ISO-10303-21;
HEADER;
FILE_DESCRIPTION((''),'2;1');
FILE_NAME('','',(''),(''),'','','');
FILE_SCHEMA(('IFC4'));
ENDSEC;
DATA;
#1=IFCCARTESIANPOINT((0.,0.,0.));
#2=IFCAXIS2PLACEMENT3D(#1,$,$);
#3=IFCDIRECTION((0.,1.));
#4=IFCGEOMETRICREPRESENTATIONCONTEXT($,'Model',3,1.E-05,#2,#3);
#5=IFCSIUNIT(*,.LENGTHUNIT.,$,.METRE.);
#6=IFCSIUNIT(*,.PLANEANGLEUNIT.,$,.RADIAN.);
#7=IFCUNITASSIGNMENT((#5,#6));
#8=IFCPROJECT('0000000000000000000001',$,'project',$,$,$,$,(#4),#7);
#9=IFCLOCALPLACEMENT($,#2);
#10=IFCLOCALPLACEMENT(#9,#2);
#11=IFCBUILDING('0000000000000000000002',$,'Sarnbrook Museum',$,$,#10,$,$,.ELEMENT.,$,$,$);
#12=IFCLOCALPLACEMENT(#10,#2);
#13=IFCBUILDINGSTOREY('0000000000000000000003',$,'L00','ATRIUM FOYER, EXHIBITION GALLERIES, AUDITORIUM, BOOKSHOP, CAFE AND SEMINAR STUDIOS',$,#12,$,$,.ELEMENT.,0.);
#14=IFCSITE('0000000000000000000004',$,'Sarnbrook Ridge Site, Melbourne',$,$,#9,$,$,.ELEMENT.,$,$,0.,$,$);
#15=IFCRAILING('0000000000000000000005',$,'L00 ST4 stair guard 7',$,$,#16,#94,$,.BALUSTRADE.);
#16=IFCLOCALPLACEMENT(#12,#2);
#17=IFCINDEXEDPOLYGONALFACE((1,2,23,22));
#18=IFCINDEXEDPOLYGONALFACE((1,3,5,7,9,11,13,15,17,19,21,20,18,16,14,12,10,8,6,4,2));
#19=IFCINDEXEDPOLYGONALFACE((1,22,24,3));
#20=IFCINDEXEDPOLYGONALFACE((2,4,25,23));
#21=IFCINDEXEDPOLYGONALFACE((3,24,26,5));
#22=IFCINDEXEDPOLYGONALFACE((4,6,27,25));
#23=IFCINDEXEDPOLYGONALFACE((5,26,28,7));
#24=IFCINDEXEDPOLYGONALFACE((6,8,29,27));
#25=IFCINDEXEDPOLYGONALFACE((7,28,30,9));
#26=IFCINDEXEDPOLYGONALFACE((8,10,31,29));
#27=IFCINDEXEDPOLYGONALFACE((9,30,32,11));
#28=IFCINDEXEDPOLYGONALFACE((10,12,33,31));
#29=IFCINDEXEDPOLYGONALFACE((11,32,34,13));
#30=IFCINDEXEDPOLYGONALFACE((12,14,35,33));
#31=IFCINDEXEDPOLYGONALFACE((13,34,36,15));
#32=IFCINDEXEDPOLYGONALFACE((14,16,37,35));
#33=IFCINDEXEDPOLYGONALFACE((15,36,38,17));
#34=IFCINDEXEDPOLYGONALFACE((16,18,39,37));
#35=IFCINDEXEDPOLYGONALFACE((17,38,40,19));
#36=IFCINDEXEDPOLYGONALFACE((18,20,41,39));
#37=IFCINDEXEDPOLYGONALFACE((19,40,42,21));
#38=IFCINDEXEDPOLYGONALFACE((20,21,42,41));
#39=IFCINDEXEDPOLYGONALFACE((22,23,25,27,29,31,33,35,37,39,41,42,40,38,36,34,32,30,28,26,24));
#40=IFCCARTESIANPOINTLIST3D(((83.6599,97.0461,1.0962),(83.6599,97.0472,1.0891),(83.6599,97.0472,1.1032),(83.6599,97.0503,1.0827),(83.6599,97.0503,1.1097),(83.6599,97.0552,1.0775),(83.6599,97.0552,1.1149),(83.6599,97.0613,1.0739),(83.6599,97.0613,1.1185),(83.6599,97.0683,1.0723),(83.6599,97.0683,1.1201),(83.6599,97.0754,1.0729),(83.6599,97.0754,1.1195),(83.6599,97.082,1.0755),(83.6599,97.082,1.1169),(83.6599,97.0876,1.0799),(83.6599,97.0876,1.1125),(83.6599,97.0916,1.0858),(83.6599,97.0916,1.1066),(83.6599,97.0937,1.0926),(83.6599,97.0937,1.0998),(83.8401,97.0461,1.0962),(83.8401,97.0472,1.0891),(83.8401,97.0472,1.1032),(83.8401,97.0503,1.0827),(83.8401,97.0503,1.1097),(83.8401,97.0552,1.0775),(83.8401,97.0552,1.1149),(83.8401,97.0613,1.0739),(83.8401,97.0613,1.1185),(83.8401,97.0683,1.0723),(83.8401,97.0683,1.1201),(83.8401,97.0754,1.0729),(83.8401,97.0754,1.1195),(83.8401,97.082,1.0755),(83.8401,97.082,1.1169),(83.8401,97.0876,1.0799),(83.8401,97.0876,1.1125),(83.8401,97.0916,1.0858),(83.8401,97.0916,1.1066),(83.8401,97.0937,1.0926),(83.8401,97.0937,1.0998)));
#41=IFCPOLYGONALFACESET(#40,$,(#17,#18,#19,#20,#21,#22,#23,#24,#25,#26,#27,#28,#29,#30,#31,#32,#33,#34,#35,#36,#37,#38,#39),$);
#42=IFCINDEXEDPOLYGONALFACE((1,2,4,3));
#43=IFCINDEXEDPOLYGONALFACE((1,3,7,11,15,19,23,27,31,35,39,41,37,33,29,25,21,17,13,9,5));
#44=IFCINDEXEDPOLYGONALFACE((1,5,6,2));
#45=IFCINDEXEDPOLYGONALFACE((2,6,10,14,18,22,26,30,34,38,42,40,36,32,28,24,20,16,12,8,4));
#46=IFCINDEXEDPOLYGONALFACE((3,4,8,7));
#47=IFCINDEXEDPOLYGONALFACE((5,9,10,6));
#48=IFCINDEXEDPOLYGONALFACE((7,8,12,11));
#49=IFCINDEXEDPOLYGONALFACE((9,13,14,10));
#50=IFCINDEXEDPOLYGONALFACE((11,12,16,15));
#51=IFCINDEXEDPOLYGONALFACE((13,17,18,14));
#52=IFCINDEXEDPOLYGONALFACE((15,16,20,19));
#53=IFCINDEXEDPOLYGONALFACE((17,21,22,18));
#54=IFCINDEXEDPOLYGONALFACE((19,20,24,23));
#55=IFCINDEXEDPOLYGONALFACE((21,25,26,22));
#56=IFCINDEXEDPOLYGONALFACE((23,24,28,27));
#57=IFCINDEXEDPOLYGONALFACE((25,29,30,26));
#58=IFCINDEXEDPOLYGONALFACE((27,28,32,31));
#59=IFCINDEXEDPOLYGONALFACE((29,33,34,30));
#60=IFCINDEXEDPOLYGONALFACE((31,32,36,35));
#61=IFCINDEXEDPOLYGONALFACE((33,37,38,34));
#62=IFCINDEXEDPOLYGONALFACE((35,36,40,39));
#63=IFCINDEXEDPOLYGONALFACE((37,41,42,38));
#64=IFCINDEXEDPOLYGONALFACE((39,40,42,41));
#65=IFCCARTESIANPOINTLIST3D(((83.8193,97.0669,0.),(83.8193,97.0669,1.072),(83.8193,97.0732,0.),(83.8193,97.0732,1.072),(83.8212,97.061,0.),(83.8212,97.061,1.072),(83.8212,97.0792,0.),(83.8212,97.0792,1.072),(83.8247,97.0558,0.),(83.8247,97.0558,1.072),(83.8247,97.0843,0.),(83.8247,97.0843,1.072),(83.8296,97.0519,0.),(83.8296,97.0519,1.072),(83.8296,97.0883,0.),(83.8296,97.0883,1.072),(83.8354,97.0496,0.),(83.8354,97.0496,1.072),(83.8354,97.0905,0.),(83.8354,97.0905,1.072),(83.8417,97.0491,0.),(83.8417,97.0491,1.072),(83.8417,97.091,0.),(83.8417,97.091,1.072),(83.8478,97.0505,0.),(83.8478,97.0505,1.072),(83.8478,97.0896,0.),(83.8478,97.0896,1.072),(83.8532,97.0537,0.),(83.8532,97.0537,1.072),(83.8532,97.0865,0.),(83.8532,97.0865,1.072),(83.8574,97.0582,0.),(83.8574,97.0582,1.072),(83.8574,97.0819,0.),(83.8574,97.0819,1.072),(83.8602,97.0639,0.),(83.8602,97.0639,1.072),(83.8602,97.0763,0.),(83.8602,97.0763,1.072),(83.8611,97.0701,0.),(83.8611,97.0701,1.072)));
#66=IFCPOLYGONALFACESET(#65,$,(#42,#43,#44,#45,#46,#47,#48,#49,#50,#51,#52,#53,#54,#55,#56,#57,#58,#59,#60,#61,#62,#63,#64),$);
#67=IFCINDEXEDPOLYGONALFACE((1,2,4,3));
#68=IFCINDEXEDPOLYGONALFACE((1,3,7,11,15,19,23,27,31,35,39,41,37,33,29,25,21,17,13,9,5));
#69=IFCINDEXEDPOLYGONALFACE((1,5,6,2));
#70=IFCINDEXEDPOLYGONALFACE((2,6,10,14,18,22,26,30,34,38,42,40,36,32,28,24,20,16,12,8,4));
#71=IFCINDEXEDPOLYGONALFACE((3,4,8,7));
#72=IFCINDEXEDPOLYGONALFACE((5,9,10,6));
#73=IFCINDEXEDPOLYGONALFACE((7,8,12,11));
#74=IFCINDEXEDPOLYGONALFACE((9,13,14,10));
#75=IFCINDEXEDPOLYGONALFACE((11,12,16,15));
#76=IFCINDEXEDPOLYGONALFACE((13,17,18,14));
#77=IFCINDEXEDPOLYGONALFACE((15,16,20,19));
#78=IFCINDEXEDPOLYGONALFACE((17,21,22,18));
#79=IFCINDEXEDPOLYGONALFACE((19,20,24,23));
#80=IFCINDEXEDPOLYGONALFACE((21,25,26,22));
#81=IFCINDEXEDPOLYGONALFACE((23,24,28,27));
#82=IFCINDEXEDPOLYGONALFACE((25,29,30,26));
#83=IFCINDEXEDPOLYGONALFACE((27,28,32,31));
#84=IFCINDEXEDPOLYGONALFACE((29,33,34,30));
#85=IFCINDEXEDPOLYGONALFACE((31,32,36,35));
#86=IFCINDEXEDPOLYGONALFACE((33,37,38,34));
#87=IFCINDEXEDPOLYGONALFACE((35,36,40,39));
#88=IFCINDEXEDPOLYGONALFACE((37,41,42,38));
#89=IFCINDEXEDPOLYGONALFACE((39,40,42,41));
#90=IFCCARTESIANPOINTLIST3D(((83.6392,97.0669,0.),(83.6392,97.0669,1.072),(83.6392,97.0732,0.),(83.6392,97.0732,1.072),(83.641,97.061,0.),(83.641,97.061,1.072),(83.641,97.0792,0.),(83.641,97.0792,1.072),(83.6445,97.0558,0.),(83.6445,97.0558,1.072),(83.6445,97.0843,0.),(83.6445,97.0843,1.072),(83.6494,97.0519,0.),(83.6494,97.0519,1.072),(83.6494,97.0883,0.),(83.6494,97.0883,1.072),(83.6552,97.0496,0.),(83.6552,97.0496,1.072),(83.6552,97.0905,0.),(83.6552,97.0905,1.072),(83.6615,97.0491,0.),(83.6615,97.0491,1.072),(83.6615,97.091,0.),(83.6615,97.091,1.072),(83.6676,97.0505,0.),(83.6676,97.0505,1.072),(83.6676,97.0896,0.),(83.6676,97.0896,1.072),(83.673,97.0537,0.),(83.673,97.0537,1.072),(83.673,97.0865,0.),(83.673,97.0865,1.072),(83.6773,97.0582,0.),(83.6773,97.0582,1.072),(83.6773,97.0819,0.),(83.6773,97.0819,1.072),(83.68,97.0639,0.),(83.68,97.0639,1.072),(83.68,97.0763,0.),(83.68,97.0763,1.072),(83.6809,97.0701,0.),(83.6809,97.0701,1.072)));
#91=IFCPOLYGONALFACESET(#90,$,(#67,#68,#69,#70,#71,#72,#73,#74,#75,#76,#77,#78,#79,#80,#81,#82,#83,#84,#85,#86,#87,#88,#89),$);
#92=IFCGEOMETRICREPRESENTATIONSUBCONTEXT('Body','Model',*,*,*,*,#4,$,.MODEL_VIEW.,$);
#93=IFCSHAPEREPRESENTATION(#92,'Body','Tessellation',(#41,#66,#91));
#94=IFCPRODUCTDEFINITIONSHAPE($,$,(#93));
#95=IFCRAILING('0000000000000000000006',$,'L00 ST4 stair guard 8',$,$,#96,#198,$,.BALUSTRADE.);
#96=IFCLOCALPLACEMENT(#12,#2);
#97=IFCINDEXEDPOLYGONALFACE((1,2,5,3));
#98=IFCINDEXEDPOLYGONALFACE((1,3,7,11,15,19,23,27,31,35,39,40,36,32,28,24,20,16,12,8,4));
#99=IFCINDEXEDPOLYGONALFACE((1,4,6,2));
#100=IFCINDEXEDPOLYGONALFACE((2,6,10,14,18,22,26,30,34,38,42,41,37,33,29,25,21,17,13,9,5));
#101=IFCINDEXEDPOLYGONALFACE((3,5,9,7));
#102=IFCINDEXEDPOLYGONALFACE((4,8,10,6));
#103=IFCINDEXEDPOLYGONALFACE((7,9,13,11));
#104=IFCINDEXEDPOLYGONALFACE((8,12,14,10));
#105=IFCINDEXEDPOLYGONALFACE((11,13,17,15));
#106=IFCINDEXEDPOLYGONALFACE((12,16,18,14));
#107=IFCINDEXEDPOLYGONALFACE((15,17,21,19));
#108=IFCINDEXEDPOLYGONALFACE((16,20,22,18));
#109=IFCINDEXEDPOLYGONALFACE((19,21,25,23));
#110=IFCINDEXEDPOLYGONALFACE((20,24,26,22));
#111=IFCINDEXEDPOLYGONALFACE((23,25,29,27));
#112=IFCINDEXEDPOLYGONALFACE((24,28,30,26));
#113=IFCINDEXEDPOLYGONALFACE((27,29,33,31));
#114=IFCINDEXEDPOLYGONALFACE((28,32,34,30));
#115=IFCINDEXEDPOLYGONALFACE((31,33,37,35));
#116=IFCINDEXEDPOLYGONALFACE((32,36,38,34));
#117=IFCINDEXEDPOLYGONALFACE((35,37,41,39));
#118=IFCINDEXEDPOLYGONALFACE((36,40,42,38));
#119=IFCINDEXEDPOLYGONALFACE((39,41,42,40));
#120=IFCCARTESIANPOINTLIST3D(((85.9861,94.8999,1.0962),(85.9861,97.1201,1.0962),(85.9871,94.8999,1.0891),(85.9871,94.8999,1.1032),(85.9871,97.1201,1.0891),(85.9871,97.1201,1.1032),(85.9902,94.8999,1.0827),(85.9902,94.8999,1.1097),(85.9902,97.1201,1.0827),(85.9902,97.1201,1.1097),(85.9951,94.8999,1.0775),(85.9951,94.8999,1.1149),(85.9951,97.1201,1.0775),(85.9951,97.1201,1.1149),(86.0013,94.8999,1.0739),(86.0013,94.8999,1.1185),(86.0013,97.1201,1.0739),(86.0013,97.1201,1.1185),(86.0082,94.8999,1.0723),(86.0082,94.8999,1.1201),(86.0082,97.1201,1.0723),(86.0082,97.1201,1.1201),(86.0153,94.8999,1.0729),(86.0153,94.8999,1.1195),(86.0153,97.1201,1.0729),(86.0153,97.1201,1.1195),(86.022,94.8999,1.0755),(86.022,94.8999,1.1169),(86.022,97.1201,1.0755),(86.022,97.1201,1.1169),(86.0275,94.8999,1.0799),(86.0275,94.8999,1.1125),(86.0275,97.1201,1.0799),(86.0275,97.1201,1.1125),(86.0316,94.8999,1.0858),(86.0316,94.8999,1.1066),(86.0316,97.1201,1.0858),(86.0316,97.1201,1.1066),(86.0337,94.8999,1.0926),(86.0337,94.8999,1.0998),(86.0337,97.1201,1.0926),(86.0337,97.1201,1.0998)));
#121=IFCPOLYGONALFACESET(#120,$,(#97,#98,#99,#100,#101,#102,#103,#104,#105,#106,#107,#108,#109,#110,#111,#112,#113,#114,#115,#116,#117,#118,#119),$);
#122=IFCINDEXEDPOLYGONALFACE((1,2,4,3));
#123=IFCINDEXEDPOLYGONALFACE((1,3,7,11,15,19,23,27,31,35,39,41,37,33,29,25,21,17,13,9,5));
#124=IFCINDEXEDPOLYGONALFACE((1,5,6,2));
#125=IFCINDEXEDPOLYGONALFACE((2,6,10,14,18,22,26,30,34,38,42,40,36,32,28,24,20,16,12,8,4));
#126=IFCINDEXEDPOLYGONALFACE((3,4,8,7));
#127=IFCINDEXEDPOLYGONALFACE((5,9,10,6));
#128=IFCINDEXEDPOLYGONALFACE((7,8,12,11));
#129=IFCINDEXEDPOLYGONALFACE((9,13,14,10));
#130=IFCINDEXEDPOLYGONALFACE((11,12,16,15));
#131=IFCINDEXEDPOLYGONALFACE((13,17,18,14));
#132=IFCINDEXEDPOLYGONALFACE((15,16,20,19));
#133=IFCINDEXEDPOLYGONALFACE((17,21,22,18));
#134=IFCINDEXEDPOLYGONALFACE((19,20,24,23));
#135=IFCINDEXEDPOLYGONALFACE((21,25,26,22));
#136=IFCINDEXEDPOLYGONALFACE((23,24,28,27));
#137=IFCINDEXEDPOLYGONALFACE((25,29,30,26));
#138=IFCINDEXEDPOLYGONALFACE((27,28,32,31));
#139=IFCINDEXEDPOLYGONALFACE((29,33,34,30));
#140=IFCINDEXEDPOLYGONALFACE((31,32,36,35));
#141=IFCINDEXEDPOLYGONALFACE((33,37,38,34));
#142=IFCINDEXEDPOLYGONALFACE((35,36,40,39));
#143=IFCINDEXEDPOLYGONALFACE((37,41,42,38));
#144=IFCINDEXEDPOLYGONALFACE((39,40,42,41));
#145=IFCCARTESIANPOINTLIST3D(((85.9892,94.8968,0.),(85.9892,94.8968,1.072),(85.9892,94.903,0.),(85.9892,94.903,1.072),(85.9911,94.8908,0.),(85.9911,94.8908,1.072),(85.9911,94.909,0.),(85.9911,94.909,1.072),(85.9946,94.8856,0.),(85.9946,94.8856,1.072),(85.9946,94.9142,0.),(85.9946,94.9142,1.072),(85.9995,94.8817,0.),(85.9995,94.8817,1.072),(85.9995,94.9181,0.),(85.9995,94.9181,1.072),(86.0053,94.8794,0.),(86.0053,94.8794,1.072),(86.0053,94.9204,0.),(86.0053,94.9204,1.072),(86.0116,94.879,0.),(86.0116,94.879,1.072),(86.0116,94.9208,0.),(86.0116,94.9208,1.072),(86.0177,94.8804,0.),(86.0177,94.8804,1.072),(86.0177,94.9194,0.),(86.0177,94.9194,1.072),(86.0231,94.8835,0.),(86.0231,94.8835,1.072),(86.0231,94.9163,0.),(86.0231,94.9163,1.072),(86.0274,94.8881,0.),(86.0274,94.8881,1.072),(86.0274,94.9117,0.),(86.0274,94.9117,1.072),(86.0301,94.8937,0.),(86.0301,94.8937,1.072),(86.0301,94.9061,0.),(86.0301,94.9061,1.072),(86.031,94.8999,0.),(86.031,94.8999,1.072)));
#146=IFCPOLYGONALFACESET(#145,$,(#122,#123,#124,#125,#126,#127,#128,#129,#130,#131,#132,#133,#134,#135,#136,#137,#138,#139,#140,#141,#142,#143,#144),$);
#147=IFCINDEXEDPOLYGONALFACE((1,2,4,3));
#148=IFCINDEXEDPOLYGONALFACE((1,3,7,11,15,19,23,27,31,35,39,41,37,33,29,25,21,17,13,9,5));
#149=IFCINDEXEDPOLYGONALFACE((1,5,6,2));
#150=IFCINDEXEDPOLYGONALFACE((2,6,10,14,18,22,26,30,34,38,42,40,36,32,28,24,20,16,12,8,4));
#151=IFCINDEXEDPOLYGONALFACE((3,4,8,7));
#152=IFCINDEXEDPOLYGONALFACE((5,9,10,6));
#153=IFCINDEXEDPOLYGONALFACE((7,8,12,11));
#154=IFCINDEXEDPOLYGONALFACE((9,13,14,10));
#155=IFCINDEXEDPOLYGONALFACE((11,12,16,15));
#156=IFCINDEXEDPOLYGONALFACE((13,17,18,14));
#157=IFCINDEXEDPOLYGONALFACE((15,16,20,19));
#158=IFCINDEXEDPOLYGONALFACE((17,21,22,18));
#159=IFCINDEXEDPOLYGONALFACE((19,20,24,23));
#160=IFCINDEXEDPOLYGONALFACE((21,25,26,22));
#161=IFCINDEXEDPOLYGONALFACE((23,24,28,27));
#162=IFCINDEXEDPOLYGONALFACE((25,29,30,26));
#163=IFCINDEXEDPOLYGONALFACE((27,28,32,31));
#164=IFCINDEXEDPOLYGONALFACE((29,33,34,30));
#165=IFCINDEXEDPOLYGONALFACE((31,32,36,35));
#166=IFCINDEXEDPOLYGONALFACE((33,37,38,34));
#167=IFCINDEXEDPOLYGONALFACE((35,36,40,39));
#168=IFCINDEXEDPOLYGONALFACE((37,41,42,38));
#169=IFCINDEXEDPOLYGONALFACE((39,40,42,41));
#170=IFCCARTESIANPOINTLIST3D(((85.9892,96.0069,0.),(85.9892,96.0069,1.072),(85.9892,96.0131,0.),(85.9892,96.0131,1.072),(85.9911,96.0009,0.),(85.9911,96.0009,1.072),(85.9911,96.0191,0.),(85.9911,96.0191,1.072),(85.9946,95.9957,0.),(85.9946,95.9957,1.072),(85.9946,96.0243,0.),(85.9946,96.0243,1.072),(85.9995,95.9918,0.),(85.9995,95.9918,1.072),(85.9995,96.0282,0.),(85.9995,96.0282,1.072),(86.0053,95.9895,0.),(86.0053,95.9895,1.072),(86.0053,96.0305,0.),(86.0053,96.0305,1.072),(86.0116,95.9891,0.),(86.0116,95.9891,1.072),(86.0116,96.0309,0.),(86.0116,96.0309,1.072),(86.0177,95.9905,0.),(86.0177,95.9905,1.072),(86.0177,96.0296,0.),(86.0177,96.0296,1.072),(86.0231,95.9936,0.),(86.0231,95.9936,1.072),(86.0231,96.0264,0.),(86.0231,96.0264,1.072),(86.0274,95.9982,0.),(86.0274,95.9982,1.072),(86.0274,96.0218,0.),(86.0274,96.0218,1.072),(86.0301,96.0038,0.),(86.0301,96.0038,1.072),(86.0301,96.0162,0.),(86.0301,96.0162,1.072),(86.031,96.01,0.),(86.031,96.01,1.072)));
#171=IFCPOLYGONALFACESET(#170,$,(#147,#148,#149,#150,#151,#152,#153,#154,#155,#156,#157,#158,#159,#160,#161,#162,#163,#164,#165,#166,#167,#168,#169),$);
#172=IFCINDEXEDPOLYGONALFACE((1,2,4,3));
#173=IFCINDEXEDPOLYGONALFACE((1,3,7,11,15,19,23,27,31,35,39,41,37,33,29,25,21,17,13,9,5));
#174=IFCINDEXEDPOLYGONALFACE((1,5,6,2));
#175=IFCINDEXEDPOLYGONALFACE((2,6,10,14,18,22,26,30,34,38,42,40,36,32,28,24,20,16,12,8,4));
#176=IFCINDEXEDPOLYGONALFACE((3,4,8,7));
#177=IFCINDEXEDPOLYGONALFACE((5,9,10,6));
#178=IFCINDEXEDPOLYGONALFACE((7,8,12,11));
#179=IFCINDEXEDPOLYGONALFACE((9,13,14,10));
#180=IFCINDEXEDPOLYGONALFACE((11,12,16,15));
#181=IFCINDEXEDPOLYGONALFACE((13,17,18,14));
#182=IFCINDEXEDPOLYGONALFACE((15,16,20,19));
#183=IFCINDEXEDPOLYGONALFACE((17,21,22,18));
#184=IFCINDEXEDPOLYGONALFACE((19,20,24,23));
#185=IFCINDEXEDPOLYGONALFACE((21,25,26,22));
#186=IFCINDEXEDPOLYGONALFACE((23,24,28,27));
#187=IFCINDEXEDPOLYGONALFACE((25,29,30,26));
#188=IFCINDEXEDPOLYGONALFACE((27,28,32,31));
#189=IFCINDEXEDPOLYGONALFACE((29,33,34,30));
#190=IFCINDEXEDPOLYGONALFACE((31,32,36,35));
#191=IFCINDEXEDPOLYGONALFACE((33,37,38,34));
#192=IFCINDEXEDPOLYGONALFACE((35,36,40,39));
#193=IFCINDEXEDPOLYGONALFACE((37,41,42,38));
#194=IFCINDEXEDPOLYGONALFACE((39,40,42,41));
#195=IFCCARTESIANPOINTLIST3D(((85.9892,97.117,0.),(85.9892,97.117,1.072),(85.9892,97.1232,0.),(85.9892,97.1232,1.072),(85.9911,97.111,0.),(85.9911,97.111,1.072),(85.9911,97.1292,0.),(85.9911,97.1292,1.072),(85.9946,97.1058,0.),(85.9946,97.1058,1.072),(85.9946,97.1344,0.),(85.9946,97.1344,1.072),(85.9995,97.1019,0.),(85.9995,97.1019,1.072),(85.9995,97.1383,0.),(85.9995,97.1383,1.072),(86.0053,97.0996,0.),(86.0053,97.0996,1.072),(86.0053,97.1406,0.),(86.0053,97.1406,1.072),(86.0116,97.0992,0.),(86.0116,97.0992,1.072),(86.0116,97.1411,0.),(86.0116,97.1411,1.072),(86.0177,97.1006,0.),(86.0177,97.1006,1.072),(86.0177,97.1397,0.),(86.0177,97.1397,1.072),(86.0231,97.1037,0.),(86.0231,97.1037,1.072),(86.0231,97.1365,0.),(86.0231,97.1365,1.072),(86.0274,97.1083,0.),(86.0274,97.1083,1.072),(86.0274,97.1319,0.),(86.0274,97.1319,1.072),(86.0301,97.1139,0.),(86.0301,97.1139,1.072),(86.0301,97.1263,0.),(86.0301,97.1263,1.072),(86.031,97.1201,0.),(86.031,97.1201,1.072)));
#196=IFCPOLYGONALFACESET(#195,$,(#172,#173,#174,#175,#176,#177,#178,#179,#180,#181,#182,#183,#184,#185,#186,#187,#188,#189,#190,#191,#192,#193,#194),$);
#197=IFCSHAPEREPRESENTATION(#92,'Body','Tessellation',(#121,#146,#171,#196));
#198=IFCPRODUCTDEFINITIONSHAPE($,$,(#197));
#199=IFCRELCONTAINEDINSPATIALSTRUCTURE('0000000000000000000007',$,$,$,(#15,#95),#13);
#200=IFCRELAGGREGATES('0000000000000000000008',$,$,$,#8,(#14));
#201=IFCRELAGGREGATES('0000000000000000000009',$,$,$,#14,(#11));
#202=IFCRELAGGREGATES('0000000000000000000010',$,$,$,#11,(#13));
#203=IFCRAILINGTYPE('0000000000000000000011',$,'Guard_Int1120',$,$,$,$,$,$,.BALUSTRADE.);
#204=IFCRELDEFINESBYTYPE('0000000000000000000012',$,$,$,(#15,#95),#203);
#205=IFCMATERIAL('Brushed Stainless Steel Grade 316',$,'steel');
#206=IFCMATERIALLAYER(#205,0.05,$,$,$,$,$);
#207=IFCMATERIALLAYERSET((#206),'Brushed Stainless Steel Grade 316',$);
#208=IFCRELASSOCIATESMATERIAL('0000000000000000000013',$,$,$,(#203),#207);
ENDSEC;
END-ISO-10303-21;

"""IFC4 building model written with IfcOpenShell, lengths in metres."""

from ifc_helpers import new_model, si_unit, direction, frame, origin, origin_2d, place, context, subcontext, project, spatial, circle, extrude, material, layer, layer_set, type_object, element, save


model = new_model("IFC4")

# Units and contexts
model_context = context("Model", 3, precision=1e-05, world=origin(), true_north=direction((0.0, 1.0)))
body_context = subcontext(model_context, "Body", "Model", "MODEL_VIEW")
ifc_project = project(units=[si_unit("LENGTHUNIT", "METRE"), si_unit("PLANEANGLEUNIT", "RADIAN")], contexts=[model_context])

# Site, building, storey
site_placement = place(None, origin())
site = spatial("IfcSite", under=ifc_project, at=site_placement, Name="Sarnbrook Ridge Site, Melbourne", CompositionType="ELEMENT", RefElevation=0.0)
building_placement = place(site_placement, origin())
building = spatial("IfcBuilding", under=site, at=building_placement, Name="Sarnbrook Museum", CompositionType="ELEMENT")
storey_placement = place(building_placement, origin())
storey = spatial("IfcBuildingStorey", under=building, at=storey_placement, Name="L00", Description="ATRIUM FOYER, EXHIBITION GALLERIES, AUDITORIUM, BOOKSHOP, CAFE AND SEMINAR STUDIOS", CompositionType="ELEMENT", Elevation=0.0)

# Shared definitions
ifc_material_1 = material(Name="Brushed Stainless Steel Grade 316", Category="steel")

# Railings
ifc_layer_1 = layer(ifc_material_1, 0.05)
ifc_layer_set_1 = layer_set([ifc_layer_1], Name="Brushed Stainless Steel Grade 316")
railing_type_1 = type_object("IfcRailingType", Name="Guard_Int1120", PredefinedType="BALUSTRADE", material=ifc_layer_set_1)
railing_1_placement = place(storey_placement, frame((83.8401, 97.0701, 0.0)))
element("IfcRailing", 1, at=railing_1_placement, inside=storey, type_object=railing_type_1, Name="L00 ST4 stair guard 7", PredefinedType="BALUSTRADE", context=body_context, shape_type="SweptSolid", body=[
    extrude(circle(Radius=0.0239, at=origin_2d()), frame((0.0, 0.0, 1.0962), z_axis=(-1.0, 0.0, 0.0), x_axis=(0.0, -1.0, 0.0)), (0.0, 0.0, 1.0), 0.1802),
    extrude(circle(Radius=0.021, at=origin_2d()), origin(), (0.0, 0.0, 1.0), 1.072),
    extrude(circle(Radius=0.021, at=origin_2d()), frame((-0.1802, 0.0, 0.0)), (0.0, 0.0, 1.0), 1.072),
])
for number, where, name in (
    (2, (86.01, 94.8999, 0.0), "L00 ST4 stair guard 8"),
):
    element("IfcRailing", number, at=place(storey_placement, frame(where)), inside=storey, type_object=railing_type_1, Name=name, PredefinedType="BALUSTRADE", context=body_context, shape_type="SweptSolid", body=[
        extrude(circle(Radius=0.0239, at=origin_2d()), frame((0.0, 0.0, 1.0962), z_axis=(0.0, 1.0, 0.0), x_axis=(-1.0, 0.0, 0.0)), (0.0, 0.0, 1.0), 2.2202),
        extrude(circle(Radius=0.021, at=origin_2d()), origin(), (0.0, 0.0, 1.0), 1.072),
        extrude(circle(Radius=0.021, at=origin_2d()), frame((0.0, 1.1101, 0.0)), (0.0, 0.0, 1.0), 1.072),
        extrude(circle(Radius=0.021, at=origin_2d()), frame((0.0, 2.2202, 0.0)), (0.0, 0.0, 1.0), 1.072),
    ])

save(model, "model.ifc")
